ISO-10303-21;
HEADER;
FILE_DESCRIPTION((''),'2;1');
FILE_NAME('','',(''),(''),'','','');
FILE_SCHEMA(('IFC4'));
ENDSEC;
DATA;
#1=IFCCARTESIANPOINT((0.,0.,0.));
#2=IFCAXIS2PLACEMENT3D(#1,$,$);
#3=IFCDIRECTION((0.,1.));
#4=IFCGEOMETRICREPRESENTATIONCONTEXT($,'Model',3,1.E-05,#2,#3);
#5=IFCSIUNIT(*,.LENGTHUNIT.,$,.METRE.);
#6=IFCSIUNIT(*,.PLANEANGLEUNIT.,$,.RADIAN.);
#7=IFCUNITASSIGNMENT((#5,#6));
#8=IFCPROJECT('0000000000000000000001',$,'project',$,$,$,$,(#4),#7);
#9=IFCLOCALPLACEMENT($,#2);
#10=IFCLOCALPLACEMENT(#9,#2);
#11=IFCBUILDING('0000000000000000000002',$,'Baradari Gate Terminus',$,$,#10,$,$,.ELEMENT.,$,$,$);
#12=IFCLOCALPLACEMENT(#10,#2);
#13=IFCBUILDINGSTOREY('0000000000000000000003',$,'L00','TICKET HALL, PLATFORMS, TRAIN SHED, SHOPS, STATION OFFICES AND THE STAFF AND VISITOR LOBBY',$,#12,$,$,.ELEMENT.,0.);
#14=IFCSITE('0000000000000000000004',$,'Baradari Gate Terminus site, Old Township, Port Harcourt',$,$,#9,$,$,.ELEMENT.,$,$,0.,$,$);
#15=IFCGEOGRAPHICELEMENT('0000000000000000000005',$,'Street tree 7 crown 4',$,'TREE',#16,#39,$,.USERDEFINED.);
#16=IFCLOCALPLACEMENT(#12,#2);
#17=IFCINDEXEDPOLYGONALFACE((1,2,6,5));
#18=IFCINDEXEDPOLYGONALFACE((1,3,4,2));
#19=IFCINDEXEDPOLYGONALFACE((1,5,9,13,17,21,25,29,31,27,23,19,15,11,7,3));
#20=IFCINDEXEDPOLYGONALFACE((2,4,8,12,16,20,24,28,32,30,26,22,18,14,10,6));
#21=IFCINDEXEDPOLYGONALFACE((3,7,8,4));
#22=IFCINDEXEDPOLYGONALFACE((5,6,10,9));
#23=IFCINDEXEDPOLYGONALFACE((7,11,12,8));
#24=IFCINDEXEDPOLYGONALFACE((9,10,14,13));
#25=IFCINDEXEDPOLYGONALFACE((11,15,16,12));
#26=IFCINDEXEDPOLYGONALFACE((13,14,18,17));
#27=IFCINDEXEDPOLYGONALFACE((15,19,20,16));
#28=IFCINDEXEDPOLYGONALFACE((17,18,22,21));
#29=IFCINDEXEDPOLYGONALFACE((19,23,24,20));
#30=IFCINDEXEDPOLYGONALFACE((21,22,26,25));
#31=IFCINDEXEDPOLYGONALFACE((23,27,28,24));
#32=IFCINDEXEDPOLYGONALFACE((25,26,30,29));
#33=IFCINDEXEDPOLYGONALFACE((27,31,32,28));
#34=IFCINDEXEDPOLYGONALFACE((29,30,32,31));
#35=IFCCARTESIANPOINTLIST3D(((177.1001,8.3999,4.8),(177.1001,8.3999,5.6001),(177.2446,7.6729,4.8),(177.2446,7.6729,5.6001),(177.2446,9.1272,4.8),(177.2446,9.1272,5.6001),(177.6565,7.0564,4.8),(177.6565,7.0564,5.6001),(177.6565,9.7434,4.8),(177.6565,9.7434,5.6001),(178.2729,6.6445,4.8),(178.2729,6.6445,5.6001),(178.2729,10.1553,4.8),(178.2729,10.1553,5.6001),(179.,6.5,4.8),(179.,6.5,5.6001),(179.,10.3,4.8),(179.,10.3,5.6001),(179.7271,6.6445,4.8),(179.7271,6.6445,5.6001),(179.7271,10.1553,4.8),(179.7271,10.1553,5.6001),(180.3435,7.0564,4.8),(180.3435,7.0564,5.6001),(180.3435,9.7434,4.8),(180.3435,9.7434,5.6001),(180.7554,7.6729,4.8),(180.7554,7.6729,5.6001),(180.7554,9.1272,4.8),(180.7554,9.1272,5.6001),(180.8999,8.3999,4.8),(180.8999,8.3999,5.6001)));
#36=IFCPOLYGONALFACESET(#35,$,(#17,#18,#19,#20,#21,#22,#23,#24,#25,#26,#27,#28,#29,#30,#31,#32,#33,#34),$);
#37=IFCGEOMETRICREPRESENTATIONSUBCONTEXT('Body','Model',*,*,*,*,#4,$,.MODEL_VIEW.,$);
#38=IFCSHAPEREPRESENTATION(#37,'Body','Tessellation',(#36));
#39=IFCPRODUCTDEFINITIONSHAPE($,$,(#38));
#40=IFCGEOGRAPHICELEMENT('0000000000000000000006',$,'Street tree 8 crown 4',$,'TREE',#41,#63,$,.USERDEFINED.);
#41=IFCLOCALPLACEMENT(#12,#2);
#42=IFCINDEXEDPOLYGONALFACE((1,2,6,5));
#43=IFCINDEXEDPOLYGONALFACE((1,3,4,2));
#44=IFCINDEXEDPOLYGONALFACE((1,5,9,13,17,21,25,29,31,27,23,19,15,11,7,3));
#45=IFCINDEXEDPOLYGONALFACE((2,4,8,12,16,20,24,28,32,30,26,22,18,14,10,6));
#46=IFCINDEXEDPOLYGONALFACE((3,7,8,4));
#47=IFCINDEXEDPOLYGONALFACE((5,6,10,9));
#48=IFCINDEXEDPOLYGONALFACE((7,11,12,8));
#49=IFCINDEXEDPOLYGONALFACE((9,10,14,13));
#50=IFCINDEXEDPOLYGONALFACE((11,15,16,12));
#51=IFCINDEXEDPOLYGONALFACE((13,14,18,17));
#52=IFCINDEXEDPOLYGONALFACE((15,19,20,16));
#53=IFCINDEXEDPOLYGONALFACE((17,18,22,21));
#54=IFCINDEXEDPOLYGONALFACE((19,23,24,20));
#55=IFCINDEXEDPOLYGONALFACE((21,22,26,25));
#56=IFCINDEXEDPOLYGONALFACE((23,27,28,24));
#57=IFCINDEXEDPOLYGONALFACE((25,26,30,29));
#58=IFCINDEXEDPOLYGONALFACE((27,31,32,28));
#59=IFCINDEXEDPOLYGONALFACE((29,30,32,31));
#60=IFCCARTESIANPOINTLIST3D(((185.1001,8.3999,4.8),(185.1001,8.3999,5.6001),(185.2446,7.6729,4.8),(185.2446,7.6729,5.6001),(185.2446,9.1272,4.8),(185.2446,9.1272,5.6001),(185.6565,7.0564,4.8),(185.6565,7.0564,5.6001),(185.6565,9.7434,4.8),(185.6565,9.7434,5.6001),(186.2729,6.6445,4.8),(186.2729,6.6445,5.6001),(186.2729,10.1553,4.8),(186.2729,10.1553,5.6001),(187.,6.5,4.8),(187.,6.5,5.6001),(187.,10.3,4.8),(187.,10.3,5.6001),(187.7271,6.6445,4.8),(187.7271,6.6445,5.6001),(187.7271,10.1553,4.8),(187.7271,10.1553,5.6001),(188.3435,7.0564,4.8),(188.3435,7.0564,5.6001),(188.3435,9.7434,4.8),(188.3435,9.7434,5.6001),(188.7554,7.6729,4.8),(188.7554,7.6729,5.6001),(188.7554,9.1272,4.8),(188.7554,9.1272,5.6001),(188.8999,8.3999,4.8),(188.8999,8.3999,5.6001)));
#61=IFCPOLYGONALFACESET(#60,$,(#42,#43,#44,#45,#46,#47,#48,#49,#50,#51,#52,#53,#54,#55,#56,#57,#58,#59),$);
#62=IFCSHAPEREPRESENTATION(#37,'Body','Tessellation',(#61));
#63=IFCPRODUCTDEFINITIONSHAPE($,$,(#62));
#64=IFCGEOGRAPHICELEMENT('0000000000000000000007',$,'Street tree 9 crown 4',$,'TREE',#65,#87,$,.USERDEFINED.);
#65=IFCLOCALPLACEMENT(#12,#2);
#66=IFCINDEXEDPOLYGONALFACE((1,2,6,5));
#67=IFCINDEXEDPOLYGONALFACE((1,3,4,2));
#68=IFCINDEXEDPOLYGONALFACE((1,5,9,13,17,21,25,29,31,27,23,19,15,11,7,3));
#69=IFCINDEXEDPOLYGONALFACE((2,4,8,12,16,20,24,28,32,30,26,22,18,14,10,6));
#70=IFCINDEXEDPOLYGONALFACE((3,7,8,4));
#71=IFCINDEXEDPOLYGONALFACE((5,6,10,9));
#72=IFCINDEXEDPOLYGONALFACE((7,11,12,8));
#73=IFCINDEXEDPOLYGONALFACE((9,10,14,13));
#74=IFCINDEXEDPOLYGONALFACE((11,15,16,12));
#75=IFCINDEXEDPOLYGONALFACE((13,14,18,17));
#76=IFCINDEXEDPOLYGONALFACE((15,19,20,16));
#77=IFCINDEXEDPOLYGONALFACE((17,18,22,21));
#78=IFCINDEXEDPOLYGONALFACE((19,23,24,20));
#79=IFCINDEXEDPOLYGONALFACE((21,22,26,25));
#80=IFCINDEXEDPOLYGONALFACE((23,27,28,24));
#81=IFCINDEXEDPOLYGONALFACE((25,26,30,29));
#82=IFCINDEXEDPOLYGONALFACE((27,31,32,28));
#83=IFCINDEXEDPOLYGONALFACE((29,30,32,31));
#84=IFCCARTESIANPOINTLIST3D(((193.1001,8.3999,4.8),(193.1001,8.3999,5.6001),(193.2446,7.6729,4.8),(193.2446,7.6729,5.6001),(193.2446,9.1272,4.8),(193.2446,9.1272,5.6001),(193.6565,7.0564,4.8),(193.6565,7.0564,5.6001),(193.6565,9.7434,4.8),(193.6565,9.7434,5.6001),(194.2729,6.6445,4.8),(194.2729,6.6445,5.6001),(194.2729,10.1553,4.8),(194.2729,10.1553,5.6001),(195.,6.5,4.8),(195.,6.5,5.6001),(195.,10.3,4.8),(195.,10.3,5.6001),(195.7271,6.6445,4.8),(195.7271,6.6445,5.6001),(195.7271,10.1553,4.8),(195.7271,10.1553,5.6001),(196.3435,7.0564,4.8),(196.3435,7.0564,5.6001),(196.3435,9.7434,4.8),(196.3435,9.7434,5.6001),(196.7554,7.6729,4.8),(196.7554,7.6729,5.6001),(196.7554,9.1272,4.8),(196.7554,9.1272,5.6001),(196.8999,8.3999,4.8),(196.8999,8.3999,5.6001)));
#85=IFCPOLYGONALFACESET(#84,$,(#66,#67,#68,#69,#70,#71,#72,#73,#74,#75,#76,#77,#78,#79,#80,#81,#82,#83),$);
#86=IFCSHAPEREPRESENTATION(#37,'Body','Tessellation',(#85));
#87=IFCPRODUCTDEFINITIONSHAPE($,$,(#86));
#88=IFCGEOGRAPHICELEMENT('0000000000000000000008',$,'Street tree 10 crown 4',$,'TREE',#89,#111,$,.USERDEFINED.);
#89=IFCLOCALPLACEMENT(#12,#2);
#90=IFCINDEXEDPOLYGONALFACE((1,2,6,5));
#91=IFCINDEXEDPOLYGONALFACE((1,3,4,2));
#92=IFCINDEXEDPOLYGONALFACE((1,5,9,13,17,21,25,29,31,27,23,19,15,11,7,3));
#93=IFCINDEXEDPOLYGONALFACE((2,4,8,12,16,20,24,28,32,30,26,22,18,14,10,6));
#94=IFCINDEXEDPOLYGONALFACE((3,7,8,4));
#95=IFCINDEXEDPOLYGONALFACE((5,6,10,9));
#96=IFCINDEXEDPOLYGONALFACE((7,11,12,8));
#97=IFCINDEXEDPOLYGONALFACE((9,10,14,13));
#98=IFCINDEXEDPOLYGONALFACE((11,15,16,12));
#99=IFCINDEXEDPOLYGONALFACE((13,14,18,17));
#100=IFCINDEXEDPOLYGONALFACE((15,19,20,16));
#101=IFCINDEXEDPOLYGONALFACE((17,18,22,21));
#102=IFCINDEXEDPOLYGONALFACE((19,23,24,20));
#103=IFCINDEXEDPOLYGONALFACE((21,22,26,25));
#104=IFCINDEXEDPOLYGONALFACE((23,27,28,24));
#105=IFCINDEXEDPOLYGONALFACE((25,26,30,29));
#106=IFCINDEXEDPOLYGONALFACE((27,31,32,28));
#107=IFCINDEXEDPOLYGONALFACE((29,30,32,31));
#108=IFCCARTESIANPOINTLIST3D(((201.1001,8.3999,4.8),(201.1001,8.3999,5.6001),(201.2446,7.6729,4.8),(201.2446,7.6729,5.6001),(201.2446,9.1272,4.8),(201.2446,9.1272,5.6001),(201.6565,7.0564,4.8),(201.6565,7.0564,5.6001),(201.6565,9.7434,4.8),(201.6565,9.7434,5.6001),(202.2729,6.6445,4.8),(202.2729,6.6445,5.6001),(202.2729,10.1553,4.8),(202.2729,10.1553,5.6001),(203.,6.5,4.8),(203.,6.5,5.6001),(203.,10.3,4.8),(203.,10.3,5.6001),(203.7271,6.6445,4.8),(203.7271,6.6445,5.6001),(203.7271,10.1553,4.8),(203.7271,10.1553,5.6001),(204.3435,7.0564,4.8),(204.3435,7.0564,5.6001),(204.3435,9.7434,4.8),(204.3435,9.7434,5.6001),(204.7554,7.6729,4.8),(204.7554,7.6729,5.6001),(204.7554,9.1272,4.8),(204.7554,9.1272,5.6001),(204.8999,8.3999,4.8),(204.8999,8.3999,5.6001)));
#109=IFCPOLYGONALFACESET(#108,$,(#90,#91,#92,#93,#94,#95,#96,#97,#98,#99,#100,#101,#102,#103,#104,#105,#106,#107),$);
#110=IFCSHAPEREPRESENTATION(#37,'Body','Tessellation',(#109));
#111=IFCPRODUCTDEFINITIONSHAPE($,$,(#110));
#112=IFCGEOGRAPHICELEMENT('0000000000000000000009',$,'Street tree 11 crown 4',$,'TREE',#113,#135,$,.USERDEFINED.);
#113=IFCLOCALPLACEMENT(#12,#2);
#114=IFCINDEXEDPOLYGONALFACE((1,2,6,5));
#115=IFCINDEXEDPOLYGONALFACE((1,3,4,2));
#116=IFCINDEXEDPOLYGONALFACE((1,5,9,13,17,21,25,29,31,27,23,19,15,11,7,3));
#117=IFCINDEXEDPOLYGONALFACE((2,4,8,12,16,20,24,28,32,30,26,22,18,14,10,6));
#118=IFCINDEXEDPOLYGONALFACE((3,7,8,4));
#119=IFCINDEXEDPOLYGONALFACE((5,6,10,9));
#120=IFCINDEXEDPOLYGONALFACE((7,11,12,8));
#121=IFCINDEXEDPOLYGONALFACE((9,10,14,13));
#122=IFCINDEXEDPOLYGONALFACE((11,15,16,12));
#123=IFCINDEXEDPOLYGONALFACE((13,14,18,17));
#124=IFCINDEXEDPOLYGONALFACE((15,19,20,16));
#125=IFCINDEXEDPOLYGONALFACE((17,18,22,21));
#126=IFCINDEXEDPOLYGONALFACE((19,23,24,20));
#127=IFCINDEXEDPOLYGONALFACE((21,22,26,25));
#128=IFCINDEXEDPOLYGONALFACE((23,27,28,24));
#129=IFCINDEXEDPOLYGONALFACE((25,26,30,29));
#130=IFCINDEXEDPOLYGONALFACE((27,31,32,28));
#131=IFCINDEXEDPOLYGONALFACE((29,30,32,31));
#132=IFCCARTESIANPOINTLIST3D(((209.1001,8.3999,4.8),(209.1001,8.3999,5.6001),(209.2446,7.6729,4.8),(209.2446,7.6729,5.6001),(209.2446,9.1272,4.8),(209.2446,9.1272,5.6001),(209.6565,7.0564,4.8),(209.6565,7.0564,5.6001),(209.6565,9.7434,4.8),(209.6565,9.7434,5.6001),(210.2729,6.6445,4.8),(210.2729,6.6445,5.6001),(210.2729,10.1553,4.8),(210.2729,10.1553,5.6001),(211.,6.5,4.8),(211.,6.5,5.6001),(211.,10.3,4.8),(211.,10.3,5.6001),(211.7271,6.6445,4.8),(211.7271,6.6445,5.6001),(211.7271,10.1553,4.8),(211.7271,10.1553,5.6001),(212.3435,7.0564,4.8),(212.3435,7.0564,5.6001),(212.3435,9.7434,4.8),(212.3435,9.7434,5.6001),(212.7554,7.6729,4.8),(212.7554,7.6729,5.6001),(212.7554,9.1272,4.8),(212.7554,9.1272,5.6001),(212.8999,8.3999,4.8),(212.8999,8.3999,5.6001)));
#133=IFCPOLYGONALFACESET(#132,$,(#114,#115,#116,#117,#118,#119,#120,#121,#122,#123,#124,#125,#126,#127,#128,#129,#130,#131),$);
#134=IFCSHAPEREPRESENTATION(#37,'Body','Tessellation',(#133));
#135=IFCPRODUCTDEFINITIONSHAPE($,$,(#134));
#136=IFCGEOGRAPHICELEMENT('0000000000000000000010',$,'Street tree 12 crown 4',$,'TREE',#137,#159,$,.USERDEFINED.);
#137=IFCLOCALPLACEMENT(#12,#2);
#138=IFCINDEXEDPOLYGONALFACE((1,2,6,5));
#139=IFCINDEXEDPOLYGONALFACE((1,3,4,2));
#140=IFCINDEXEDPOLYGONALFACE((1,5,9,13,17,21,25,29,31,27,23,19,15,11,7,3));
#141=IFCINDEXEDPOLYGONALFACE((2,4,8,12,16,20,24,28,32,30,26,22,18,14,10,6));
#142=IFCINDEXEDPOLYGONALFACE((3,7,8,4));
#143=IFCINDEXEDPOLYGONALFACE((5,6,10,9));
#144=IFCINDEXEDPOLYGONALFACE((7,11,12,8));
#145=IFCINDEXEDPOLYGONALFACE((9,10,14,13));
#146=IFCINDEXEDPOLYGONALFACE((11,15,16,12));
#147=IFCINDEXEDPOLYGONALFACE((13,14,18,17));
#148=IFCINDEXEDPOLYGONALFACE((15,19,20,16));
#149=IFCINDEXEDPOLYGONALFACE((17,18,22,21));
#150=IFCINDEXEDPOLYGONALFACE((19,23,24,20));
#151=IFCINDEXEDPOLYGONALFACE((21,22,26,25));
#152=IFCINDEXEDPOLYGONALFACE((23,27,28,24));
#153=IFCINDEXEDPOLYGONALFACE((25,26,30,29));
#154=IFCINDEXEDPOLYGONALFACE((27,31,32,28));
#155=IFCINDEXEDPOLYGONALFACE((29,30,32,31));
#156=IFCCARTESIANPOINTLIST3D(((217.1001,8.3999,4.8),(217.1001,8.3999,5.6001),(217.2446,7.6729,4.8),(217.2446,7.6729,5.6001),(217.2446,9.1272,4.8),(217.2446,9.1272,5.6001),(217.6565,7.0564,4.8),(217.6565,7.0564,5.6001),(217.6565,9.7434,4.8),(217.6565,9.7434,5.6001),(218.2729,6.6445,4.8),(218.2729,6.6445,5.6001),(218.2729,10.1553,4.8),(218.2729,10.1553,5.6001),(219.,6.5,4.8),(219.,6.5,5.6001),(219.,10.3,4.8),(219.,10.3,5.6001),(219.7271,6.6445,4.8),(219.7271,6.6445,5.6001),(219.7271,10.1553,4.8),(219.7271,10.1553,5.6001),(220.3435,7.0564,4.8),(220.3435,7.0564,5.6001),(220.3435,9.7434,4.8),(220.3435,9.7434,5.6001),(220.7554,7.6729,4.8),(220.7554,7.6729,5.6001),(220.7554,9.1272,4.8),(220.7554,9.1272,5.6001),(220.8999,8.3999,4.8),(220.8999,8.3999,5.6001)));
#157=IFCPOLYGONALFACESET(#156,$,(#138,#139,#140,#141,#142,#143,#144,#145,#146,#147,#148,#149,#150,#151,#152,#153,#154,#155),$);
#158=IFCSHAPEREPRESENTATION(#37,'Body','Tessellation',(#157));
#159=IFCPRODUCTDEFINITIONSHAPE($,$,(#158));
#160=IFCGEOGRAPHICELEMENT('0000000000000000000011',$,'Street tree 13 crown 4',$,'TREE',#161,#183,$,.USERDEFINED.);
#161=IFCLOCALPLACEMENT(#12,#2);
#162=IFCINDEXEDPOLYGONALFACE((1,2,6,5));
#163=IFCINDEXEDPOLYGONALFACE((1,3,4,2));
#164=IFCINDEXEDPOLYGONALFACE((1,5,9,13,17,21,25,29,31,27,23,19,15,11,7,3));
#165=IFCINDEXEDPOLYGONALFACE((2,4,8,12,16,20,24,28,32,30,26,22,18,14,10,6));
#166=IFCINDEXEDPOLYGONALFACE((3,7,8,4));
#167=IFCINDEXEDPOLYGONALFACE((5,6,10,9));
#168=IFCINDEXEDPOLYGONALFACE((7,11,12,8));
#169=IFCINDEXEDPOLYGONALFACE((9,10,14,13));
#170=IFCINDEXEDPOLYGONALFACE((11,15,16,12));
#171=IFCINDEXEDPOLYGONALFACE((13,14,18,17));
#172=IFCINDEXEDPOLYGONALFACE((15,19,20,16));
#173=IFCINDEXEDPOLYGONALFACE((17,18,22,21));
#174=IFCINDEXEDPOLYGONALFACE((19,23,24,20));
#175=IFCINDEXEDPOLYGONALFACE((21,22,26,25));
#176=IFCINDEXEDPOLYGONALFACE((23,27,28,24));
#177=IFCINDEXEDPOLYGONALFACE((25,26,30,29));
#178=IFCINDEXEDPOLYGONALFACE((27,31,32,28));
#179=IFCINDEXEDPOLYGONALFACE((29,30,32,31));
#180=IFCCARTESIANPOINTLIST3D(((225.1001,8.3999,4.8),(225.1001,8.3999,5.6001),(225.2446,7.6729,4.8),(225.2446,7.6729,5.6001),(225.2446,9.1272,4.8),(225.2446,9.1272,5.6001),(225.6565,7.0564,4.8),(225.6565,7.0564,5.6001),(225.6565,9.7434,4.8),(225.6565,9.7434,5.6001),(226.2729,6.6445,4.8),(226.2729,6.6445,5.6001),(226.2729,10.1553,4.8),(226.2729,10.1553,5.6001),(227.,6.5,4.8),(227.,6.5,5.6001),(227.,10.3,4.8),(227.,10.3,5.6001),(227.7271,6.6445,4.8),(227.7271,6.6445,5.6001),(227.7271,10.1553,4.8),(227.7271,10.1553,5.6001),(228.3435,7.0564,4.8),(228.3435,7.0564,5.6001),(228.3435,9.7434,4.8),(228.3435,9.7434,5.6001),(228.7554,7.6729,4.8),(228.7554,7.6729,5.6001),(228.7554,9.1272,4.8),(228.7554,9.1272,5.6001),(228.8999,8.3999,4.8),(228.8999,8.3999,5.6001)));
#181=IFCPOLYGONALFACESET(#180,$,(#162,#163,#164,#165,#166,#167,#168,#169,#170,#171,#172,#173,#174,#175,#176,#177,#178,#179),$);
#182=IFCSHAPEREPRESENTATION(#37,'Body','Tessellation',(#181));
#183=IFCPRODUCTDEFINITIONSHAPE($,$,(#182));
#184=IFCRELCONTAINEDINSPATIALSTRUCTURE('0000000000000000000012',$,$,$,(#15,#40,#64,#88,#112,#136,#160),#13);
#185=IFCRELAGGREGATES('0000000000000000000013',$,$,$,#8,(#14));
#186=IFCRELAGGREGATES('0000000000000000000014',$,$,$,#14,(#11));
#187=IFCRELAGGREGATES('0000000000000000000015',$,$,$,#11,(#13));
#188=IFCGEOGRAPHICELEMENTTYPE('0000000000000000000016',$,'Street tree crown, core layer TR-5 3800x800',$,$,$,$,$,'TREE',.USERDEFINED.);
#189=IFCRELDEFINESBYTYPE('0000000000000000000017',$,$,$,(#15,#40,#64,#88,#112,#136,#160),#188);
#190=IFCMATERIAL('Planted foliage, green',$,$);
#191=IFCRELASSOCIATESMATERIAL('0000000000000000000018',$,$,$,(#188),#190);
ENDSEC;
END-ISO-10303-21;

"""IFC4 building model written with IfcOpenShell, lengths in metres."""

from ifc_helpers import new_model, si_unit, direction, frame, origin, place, context, subcontext, project, spatial, polyline, outline, extrude, material, type_object, element, save


model = new_model("IFC4")

# Units and contexts
model_context = context("Model", 3, precision=1e-05, world=origin(), true_north=direction((0.0, 1.0)))
body_context = subcontext(model_context, "Body", "Model", "MODEL_VIEW")
ifc_project = project(units=[si_unit("LENGTHUNIT", "METRE"), si_unit("PLANEANGLEUNIT", "RADIAN")], contexts=[model_context])

# Site, building, storey
site_placement = place(None, origin())
site = spatial("IfcSite", under=ifc_project, at=site_placement, Name="Baradari Gate Terminus site, Old Township, Port Harcourt", CompositionType="ELEMENT", RefElevation=0.0)
building_placement = place(site_placement, origin())
building = spatial("IfcBuilding", under=site, at=building_placement, Name="Baradari Gate Terminus", CompositionType="ELEMENT")
storey_placement = place(building_placement, origin())
storey = spatial("IfcBuildingStorey", under=building, at=storey_placement, Name="L00", Description="TICKET HALL, PLATFORMS, TRAIN SHED, SHOPS, STATION OFFICES AND THE STAFF AND VISITOR LOBBY", CompositionType="ELEMENT", Elevation=0.0)

# Geographic elements
ifc_material_1 = material(Name="Planted foliage, green")
geographic_element_type_1 = type_object("IfcGeographicElementType", Name="Street tree crown, core layer TR-5 3800x800", ElementType="TREE", PredefinedType="USERDEFINED", material=ifc_material_1)
geographic_element_1_placement = place(storey_placement, frame((0.0, 0.0, 4.8)))
element("IfcGeographicElement", 1, at=geographic_element_1_placement, inside=storey, type_object=geographic_element_type_1, Name="Street tree 7 crown 4", ObjectType="TREE", PredefinedType="USERDEFINED", context=body_context, shape_type="SweptSolid", body=[
    extrude(outline(polyline([(180.8999, 8.3999), (180.7554, 9.1272), (180.3435, 9.7434), (179.7271, 10.1553), (179.0, 10.3), (178.2729, 10.1553), (177.6565, 9.7434), (177.2446, 9.1272), (177.1001, 8.3999), (177.2446, 7.6729), (177.6565, 7.0564), (178.2729, 6.6445), (179.0, 6.5), (179.7271, 6.6445), (180.3435, 7.0564), (180.7554, 7.6729), (180.8999, 8.3999)])), origin(), (0.0, 0.0, 1.0), 0.8),
])
geographic_element_2_placement = place(storey_placement, frame((0.0, 0.0, 4.8)))
element("IfcGeographicElement", 2, at=geographic_element_2_placement, inside=storey, type_object=geographic_element_type_1, Name="Street tree 8 crown 4", ObjectType="TREE", PredefinedType="USERDEFINED", context=body_context, shape_type="SweptSolid", body=[
    extrude(outline(polyline([(188.8999, 8.3999), (188.7554, 9.1272), (188.3435, 9.7434), (187.7271, 10.1553), (187.0, 10.3), (186.2729, 10.1553), (185.6565, 9.7434), (185.2446, 9.1272), (185.1001, 8.3999), (185.2446, 7.6729), (185.6565, 7.0564), (186.2729, 6.6445), (187.0, 6.5), (187.7271, 6.6445), (188.3435, 7.0564), (188.7554, 7.6729), (188.8999, 8.3999)])), origin(), (0.0, 0.0, 1.0), 0.8),
])
geographic_element_3_placement = place(storey_placement, frame((0.0, 0.0, 4.8)))
element("IfcGeographicElement", 3, at=geographic_element_3_placement, inside=storey, type_object=geographic_element_type_1, Name="Street tree 9 crown 4", ObjectType="TREE", PredefinedType="USERDEFINED", context=body_context, shape_type="SweptSolid", body=[
    extrude(outline(polyline([(196.8999, 8.3999), (196.7554, 9.1272), (196.3435, 9.7434), (195.7271, 10.1553), (195.0, 10.3), (194.2729, 10.1553), (193.6565, 9.7434), (193.2446, 9.1272), (193.1001, 8.3999), (193.2446, 7.6729), (193.6565, 7.0564), (194.2729, 6.6445), (195.0, 6.5), (195.7271, 6.6445), (196.3435, 7.0564), (196.7554, 7.6729), (196.8999, 8.3999)])), origin(), (0.0, 0.0, 1.0), 0.8),
])
geographic_element_4_placement = place(storey_placement, frame((0.0, 0.0, 4.8)))
element("IfcGeographicElement", 4, at=geographic_element_4_placement, inside=storey, type_object=geographic_element_type_1, Name="Street tree 10 crown 4", ObjectType="TREE", PredefinedType="USERDEFINED", context=body_context, shape_type="SweptSolid", body=[
    extrude(outline(polyline([(204.8999, 8.3999), (204.7554, 9.1272), (204.3435, 9.7434), (203.7271, 10.1553), (203.0, 10.3), (202.2729, 10.1553), (201.6565, 9.7434), (201.2446, 9.1272), (201.1001, 8.3999), (201.2446, 7.6729), (201.6565, 7.0564), (202.2729, 6.6445), (203.0, 6.5), (203.7271, 6.6445), (204.3435, 7.0564), (204.7554, 7.6729), (204.8999, 8.3999)])), origin(), (0.0, 0.0, 1.0), 0.8),
])
geographic_element_5_placement = place(storey_placement, frame((0.0, 0.0, 4.8)))
element("IfcGeographicElement", 5, at=geographic_element_5_placement, inside=storey, type_object=geographic_element_type_1, Name="Street tree 11 crown 4", ObjectType="TREE", PredefinedType="USERDEFINED", context=body_context, shape_type="SweptSolid", body=[
    extrude(outline(polyline([(212.8999, 8.3999), (212.7554, 9.1272), (212.3435, 9.7434), (211.7271, 10.1553), (211.0, 10.3), (210.2729, 10.1553), (209.6565, 9.7434), (209.2446, 9.1272), (209.1001, 8.3999), (209.2446, 7.6729), (209.6565, 7.0564), (210.2729, 6.6445), (211.0, 6.5), (211.7271, 6.6445), (212.3435, 7.0564), (212.7554, 7.6729), (212.8999, 8.3999)])), origin(), (0.0, 0.0, 1.0), 0.8),
])
geographic_element_6_placement = place(storey_placement, frame((0.0, 0.0, 4.8)))
element("IfcGeographicElement", 6, at=geographic_element_6_placement, inside=storey, type_object=geographic_element_type_1, Name="Street tree 12 crown 4", ObjectType="TREE", PredefinedType="USERDEFINED", context=body_context, shape_type="SweptSolid", body=[
    extrude(outline(polyline([(220.8999, 8.3999), (220.7554, 9.1272), (220.3435, 9.7434), (219.7271, 10.1553), (219.0, 10.3), (218.2729, 10.1553), (217.6565, 9.7434), (217.2446, 9.1272), (217.1001, 8.3999), (217.2446, 7.6729), (217.6565, 7.0564), (218.2729, 6.6445), (219.0, 6.5), (219.7271, 6.6445), (220.3435, 7.0564), (220.7554, 7.6729), (220.8999, 8.3999)])), origin(), (0.0, 0.0, 1.0), 0.8),
])
geographic_element_7_placement = place(storey_placement, frame((0.0, 0.0, 4.8)))
element("IfcGeographicElement", 7, at=geographic_element_7_placement, inside=storey, type_object=geographic_element_type_1, Name="Street tree 13 crown 4", ObjectType="TREE", PredefinedType="USERDEFINED", context=body_context, shape_type="SweptSolid", body=[
    extrude(outline(polyline([(228.8999, 8.3999), (228.7554, 9.1272), (228.3435, 9.7434), (227.7271, 10.1553), (227.0, 10.3), (226.2729, 10.1553), (225.6565, 9.7434), (225.2446, 9.1272), (225.1001, 8.3999), (225.2446, 7.6729), (225.6565, 7.0564), (226.2729, 6.6445), (227.0, 6.5), (227.7271, 6.6445), (228.3435, 7.0564), (228.7554, 7.6729), (228.8999, 8.3999)])), origin(), (0.0, 0.0, 1.0), 0.8),
])

save(model, "model.ifc")
